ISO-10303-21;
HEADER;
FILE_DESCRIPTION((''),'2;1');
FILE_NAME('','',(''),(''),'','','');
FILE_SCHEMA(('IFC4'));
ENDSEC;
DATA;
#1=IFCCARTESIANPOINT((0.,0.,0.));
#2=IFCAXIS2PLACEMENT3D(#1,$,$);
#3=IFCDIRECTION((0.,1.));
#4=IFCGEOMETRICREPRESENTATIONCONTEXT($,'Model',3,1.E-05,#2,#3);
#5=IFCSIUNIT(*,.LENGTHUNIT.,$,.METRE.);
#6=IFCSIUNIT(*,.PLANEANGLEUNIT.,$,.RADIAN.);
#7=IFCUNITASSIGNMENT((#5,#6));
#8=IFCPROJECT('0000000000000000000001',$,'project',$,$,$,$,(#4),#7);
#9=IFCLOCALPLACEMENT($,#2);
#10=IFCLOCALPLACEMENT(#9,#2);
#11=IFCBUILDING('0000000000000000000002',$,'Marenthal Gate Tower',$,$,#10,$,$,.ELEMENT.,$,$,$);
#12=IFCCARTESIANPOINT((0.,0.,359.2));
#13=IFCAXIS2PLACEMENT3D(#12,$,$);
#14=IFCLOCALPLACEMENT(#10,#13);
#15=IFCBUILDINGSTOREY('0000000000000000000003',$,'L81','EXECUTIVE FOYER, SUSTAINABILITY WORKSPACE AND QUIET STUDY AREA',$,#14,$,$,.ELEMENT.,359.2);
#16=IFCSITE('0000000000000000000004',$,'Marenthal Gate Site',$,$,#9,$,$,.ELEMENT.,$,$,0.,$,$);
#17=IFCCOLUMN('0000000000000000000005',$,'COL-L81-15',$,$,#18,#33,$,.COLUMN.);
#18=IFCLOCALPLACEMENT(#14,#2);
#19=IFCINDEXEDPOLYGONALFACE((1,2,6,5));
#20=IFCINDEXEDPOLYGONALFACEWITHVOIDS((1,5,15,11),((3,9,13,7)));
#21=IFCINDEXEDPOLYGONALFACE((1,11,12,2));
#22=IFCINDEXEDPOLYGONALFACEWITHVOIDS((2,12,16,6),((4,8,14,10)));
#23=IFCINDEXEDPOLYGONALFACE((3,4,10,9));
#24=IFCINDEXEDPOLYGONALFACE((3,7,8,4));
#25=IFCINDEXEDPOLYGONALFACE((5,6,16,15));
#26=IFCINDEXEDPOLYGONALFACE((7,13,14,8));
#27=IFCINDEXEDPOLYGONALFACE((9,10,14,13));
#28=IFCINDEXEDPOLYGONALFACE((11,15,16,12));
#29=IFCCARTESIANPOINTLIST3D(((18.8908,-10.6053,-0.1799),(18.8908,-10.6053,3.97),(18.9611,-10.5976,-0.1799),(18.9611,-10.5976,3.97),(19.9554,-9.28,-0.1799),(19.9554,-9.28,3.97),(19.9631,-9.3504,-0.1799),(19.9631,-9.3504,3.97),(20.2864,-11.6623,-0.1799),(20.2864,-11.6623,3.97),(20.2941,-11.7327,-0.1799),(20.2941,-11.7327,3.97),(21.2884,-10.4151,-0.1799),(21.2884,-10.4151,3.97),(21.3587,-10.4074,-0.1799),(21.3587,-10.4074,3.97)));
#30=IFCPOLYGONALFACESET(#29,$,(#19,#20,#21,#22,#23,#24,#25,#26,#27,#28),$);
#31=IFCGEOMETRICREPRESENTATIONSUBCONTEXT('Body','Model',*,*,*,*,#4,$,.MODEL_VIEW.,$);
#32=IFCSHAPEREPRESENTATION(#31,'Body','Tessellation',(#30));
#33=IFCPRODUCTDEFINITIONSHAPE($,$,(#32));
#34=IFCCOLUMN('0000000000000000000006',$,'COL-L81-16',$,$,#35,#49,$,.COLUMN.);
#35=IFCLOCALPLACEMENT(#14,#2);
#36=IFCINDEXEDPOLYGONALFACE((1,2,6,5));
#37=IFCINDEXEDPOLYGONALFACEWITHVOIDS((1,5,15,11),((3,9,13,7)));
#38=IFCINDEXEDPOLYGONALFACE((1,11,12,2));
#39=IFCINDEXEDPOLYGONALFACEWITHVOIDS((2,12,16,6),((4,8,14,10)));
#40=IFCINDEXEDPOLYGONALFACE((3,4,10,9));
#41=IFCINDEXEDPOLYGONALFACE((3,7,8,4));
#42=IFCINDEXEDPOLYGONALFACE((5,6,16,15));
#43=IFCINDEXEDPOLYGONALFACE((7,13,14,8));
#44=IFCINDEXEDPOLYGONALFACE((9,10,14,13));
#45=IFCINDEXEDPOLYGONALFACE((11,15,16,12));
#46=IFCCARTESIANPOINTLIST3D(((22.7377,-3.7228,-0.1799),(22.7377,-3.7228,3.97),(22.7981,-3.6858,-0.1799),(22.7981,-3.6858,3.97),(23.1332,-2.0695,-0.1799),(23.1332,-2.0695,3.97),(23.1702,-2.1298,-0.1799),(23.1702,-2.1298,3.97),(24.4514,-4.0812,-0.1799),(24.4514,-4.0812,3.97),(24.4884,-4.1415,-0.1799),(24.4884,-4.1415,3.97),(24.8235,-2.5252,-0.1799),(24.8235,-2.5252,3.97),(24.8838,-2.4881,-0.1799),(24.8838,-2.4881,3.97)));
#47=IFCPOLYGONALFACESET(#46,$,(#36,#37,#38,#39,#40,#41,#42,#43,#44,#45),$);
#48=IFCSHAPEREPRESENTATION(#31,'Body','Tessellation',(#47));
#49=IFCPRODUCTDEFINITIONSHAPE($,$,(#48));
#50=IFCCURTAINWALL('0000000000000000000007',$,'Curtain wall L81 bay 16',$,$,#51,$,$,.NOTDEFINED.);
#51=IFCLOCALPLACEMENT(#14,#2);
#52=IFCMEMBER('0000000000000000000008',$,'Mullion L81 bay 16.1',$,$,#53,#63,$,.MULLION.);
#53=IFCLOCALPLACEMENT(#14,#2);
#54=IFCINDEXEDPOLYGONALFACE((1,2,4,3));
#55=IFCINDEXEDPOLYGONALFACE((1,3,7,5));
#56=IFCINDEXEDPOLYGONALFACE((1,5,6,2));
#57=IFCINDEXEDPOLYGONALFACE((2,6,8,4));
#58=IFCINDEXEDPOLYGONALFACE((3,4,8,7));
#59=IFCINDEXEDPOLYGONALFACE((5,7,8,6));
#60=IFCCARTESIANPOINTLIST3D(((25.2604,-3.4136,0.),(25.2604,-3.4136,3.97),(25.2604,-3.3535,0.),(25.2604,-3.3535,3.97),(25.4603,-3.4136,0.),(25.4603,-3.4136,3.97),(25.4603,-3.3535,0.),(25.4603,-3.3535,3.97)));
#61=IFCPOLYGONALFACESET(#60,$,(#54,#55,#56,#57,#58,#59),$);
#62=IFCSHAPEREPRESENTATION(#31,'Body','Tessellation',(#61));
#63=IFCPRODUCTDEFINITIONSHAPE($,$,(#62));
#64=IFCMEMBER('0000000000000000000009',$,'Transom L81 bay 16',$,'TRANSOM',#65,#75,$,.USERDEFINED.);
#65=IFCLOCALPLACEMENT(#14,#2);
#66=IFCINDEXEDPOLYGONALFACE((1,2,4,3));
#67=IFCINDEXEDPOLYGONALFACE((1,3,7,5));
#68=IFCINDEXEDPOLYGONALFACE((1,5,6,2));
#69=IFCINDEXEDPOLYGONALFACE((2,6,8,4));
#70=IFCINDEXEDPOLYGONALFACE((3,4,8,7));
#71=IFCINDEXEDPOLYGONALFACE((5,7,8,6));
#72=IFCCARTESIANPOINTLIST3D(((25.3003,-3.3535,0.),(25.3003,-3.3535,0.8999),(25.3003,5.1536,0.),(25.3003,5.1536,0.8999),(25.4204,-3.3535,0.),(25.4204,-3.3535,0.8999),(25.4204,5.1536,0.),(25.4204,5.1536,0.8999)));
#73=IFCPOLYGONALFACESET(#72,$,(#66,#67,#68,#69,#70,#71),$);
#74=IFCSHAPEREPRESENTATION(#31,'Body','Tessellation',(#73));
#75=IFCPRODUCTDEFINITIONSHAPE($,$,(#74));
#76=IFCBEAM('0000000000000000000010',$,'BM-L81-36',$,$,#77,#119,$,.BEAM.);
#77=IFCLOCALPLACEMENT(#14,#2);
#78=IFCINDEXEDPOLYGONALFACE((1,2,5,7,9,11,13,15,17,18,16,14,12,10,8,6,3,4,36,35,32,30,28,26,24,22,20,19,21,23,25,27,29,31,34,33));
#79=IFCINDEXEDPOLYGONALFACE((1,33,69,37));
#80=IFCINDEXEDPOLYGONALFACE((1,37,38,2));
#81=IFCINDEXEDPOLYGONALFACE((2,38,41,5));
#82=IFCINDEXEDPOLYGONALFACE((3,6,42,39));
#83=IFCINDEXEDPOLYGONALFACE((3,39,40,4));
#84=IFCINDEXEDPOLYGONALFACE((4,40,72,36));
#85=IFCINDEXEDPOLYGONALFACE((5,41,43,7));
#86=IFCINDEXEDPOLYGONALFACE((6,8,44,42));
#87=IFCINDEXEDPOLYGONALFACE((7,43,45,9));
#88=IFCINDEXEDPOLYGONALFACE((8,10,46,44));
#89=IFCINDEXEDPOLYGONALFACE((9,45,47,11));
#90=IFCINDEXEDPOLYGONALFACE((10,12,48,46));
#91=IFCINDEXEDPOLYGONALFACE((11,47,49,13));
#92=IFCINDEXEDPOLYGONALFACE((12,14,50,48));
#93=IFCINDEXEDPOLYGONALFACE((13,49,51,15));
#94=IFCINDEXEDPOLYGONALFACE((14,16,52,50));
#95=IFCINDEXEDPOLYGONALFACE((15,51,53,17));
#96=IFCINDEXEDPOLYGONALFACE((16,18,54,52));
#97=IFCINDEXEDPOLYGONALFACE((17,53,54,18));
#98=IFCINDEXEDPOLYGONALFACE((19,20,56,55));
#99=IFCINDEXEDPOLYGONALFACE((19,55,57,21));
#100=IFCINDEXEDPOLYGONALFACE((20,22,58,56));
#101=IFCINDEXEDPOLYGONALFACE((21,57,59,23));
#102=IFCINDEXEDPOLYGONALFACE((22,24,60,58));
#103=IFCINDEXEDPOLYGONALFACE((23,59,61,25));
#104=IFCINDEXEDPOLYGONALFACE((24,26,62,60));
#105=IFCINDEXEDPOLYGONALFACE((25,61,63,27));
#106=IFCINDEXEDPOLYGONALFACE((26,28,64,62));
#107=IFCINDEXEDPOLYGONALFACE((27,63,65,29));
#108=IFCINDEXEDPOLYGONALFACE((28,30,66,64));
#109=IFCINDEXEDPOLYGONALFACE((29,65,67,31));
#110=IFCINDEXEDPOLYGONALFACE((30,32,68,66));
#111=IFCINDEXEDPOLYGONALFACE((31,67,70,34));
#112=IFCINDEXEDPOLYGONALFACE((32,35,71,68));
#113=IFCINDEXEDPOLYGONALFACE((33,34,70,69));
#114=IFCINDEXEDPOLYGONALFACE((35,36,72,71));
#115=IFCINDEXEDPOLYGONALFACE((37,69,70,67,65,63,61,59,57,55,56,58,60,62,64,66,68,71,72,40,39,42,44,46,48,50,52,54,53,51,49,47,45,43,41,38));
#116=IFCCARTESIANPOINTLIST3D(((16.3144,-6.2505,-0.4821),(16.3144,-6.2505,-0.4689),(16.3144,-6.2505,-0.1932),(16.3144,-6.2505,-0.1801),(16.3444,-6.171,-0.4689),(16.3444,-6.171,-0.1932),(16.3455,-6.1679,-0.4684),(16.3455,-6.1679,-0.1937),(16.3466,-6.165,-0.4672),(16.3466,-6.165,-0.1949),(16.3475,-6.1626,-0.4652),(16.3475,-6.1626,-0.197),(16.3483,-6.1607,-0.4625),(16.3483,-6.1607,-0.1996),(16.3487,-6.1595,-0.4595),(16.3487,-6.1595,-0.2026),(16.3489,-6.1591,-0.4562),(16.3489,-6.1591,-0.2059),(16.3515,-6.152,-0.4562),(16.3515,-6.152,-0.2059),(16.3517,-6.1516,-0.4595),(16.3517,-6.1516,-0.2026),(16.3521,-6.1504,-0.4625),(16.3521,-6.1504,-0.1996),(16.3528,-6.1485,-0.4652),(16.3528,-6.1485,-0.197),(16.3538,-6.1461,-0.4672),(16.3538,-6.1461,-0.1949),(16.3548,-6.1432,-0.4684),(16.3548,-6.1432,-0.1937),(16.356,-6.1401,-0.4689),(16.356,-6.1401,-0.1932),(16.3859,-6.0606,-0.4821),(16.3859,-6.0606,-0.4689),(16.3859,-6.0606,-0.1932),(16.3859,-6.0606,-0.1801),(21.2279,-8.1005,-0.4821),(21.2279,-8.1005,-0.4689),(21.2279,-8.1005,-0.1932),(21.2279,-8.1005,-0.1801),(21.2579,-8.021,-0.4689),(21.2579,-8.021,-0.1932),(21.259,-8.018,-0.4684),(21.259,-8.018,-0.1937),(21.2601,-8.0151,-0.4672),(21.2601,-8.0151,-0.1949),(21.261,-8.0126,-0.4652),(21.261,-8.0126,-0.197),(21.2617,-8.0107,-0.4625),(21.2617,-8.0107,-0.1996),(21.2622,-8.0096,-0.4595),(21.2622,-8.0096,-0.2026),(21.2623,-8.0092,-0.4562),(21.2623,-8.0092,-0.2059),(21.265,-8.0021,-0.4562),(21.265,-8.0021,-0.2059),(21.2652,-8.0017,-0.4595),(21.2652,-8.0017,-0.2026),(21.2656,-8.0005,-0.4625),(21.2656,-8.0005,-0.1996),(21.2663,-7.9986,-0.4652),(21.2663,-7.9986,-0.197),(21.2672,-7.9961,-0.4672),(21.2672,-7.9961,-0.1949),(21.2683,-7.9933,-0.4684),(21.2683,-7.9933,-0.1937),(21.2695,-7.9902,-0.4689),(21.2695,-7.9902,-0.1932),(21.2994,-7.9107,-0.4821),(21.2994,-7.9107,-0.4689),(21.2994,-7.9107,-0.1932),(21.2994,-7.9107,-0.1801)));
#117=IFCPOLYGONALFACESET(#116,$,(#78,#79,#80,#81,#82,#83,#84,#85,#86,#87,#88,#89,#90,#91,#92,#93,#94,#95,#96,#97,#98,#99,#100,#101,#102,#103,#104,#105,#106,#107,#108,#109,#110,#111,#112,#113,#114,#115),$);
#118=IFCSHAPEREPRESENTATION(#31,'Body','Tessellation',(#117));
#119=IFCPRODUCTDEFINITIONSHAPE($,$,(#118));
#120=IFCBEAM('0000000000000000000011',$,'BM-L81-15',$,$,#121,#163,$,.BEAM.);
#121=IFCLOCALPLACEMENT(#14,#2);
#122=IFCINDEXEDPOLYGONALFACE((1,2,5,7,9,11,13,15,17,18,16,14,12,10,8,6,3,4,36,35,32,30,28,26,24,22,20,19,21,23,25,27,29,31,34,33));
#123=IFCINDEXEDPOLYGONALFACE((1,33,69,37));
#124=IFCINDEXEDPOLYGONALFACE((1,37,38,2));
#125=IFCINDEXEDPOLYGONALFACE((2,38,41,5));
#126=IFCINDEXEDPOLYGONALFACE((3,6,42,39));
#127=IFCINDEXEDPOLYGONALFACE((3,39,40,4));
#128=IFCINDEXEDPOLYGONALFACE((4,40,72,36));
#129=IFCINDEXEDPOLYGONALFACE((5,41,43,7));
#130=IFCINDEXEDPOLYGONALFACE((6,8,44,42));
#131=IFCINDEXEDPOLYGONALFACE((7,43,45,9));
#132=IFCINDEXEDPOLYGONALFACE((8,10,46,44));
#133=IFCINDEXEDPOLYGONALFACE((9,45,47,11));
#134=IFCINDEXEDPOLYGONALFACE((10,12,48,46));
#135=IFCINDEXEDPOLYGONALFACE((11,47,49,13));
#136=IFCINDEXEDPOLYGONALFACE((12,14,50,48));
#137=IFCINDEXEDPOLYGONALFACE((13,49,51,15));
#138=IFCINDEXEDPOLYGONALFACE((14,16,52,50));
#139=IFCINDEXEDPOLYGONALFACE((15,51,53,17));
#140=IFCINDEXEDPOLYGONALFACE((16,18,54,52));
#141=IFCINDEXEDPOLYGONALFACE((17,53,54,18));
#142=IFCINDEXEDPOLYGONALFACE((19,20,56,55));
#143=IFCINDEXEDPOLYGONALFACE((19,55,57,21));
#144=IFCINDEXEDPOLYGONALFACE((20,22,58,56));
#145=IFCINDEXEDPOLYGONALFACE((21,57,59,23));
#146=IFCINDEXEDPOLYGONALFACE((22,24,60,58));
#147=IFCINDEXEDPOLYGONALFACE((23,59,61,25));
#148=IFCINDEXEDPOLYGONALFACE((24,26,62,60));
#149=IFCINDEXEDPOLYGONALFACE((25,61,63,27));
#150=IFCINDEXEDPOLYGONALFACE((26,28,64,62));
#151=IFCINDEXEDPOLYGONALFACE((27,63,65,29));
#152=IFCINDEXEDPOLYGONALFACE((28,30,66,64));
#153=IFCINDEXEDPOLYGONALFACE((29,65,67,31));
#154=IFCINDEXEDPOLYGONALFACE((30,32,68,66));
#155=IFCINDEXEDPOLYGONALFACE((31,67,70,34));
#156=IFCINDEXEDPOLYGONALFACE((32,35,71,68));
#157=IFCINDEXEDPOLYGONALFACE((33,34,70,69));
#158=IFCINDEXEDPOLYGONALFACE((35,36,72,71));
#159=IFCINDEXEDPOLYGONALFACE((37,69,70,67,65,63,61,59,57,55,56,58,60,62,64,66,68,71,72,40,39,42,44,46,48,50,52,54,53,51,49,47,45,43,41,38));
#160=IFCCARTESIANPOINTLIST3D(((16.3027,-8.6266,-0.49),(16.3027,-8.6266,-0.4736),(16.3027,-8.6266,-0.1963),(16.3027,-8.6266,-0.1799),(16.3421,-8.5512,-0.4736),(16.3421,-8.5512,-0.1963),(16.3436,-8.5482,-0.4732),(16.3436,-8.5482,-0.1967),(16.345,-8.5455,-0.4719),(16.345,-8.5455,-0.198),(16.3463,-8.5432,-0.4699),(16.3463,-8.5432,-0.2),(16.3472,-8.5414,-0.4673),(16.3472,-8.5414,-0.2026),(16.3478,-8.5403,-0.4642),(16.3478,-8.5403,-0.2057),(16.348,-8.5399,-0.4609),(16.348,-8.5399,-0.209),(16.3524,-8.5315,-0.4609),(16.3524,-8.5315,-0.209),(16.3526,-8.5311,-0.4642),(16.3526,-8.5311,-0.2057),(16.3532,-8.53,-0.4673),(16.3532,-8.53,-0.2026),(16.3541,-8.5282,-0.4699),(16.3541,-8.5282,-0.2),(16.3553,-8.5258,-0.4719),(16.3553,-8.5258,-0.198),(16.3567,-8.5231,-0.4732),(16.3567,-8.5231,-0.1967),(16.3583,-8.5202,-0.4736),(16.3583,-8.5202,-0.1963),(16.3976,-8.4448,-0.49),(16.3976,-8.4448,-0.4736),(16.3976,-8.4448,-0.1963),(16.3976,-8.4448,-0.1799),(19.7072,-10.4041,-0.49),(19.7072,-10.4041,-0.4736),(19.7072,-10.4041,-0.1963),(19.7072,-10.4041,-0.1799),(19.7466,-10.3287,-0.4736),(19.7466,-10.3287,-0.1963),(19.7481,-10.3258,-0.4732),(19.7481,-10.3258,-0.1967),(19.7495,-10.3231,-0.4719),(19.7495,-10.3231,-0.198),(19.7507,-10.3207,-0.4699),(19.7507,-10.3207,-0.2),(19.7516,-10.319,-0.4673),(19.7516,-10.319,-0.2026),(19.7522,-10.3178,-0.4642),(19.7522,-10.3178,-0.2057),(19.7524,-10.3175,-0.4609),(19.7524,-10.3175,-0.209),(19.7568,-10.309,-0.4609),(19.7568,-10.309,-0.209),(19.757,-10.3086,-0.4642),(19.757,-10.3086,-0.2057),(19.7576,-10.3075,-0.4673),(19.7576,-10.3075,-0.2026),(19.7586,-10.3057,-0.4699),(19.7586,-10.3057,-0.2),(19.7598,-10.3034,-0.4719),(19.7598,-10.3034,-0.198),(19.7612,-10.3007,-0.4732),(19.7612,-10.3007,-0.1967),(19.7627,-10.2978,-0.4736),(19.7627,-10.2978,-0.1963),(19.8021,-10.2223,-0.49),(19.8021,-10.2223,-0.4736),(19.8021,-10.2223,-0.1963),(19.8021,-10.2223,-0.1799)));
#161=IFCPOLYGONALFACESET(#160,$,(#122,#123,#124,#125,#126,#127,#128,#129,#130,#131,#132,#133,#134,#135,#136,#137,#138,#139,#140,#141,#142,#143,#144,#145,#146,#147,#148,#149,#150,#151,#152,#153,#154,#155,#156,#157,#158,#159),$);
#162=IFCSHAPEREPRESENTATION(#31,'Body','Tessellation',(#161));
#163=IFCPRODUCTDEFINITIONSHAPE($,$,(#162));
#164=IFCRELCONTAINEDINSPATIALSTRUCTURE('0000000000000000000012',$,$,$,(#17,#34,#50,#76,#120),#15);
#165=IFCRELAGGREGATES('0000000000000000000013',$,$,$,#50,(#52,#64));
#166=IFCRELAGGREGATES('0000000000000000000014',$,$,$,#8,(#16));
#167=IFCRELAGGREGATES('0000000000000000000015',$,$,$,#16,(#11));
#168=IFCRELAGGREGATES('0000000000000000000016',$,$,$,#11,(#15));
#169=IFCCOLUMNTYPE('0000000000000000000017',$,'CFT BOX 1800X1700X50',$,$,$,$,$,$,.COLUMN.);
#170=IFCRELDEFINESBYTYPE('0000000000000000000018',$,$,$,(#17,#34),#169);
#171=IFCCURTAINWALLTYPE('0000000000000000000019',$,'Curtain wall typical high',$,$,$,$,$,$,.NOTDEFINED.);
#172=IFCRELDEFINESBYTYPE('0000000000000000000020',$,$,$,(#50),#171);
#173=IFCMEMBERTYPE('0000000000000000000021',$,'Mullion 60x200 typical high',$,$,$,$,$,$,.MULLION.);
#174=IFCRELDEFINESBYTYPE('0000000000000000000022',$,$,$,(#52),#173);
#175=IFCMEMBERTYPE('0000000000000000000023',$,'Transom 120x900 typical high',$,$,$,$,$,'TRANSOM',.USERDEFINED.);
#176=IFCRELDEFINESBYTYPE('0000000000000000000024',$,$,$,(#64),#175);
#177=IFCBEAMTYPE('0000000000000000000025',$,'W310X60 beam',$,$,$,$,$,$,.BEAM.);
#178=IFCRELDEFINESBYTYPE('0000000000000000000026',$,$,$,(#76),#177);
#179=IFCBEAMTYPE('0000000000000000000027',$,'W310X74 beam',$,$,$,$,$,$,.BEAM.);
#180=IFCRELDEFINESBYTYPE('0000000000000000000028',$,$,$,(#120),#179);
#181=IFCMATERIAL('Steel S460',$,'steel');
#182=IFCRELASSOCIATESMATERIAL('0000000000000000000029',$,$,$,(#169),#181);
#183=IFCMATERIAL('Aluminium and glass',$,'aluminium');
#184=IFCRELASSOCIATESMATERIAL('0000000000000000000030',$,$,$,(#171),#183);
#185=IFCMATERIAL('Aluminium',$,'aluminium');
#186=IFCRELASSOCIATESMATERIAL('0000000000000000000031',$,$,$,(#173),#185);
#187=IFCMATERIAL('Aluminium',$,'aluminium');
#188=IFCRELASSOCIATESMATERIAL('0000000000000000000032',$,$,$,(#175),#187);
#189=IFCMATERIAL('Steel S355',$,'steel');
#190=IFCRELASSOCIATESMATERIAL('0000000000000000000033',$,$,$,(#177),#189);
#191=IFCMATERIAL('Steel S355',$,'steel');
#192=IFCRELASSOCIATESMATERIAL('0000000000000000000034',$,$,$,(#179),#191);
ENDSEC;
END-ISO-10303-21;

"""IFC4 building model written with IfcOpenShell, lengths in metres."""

from ifc_helpers import new_model, si_unit, direction, frame, origin, origin_2d, place, context, subcontext, project, spatial, rectangle, hollow_rectangle, i_section, extrude, material, material_profile, profile_set, type_object, element, aggregate, save


model = new_model("IFC4")

# Units and contexts
model_context = context("Model", 3, precision=1e-05, world=origin(), true_north=direction((0.0, 1.0)))
body_context = subcontext(model_context, "Body", "Model", "MODEL_VIEW")
ifc_project = project(units=[si_unit("LENGTHUNIT", "METRE"), si_unit("PLANEANGLEUNIT", "RADIAN")], contexts=[model_context])

# Site, building, storey
site_placement = place(None, origin())
site = spatial("IfcSite", under=ifc_project, at=site_placement, Name="Marenthal Gate Site", CompositionType="ELEMENT", RefElevation=0.0)
building_placement = place(site_placement, origin())
building = spatial("IfcBuilding", under=site, at=building_placement, Name="Marenthal Gate Tower", CompositionType="ELEMENT")
storey_placement = place(building_placement, frame((0.0, 0.0, 359.2)))
storey = spatial("IfcBuildingStorey", under=building, at=storey_placement, Name="L81", Description="EXECUTIVE FOYER, SUSTAINABILITY WORKSPACE AND QUIET STUDY AREA", CompositionType="ELEMENT", Elevation=359.2)

# Columns
ifc_material_1 = material(Name="Steel S460", Category="steel")
ifc_material_profile_1 = material_profile(ifc_material_1, hollow_rectangle(XDim=1.7, YDim=1.8, WallThickness=0.05, at=origin_2d()), Name="CFT BOX 1800X1700X50")
ifc_material_2 = material(Name="Concrete 70 MPa", Category="concrete")
ifc_material_profile_2 = material_profile(ifc_material_2, rectangle(XDim=1.6001, YDim=1.7, at=origin_2d()), Name="CFT BOX 1800X1700X50 INFILL")
ifc_profile_set_1 = profile_set([ifc_material_profile_1, ifc_material_profile_2], Name="Steel S460 shell, Concrete 70 MPa infill")
column_type = type_object("IfcColumnType", Name="CFT BOX 1800X1700X50", PredefinedType="COLUMN", material=ifc_profile_set_1)
for number, where, z_axis, x_axis, name in (
    (1, (20.1248, -10.5063, -0.1799), (0.0, 0.0, 1.0), (-0.626296, -0.779585, 0.0), "COL-L81-15"),
    (2, (23.8108, -3.1055, -0.1799), (0.0, 0.0, 1.0), (-0.232598, -0.972573, 0.0), "COL-L81-16"),
):
    element("IfcColumn", number, at=place(storey_placement, frame(where, z_axis=z_axis, x_axis=x_axis)), inside=storey, type_object=column_type, Name=name, PredefinedType="COLUMN", context=body_context, shape_type="SweptSolid", body=[
        extrude(hollow_rectangle(XDim=1.7, YDim=1.8, WallThickness=0.05, at=origin_2d()), origin(), (0.0, 0.0, 1.0), 4.1499),
    ])

# Curtain wall, members
ifc_material_3 = material(Name="Aluminium and glass", Category="aluminium")
curtain_wall_type = type_object("IfcCurtainWallType", Name="Curtain wall typical high", PredefinedType="NOTDEFINED", material=ifc_material_3)
curtain_wall_placement = place(storey_placement, origin())
curtain_wall = element("IfcCurtainWall", 3, at=curtain_wall_placement, inside=storey, type_object=curtain_wall_type, Name="Curtain wall L81 bay 16", PredefinedType="NOTDEFINED")
ifc_material_4 = material(Name="Aluminium", Category="aluminium")
ifc_material_profile_3 = material_profile(ifc_material_4, rectangle(XDim=0.2, YDim=0.0601, at=origin_2d()), Name="60x200 aluminium mullion")
ifc_profile_set_2 = profile_set([ifc_material_profile_3], Name="Aluminium")
member_type_1 = type_object("IfcMemberType", Name="Mullion 60x200 typical high", PredefinedType="MULLION", material=ifc_profile_set_2)
member_1_placement = place(storey_placement, frame((25.3604, -3.3835, 0.0), z_axis=(0.0, 0.0, 1.0), x_axis=(-1.0, 0.0, 0.0)))
member_1 = element("IfcMember", 4, at=member_1_placement, type_object=member_type_1, Name="Mullion L81 bay 16.1", PredefinedType="MULLION", context=body_context, shape_type="SweptSolid", body=[
    extrude(rectangle(XDim=0.2, YDim=0.0601, at=origin_2d()), origin(), (0.0, 0.0, 1.0), 3.97),
])
ifc_material_5 = material(Name="Aluminium", Category="aluminium")
ifc_material_profile_4 = material_profile(ifc_material_5, rectangle(XDim=0.1201, YDim=0.8999, at=origin_2d()), Name="120x900 aluminium transom")
ifc_profile_set_3 = profile_set([ifc_material_profile_4], Name="Aluminium")
member_type_2 = type_object("IfcMemberType", Name="Transom 120x900 typical high", ElementType="TRANSOM", PredefinedType="USERDEFINED", material=ifc_profile_set_3)
member_2_placement = place(storey_placement, frame((25.3604, -3.3535, 0.45), z_axis=(0.0, 1.0, 0.0), x_axis=(-1.0, 0.0, 0.0)))
member_2 = element("IfcMember", 5, at=member_2_placement, type_object=member_type_2, Name="Transom L81 bay 16", ObjectType="TRANSOM", PredefinedType="USERDEFINED", context=body_context, shape_type="SweptSolid", body=[
    extrude(rectangle(XDim=0.1201, YDim=0.8999, at=origin_2d()), origin(), (0.0, 0.0, 1.0), 8.5071),
])

# Beams
ifc_material_6 = material(Name="Steel S355", Category="steel")
ifc_material_profile_5 = material_profile(ifc_material_6, i_section(OverallWidth=0.2029, OverallDepth=0.302, WebThickness=0.0076, FlangeThickness=0.0132, FilletRadius=0.0127, at=origin_2d()), Name="W310X60")
ifc_profile_set_4 = profile_set([ifc_material_profile_5], Name="Steel S355")
beam_type_1 = type_object("IfcBeamType", Name="W310X60 beam", PredefinedType="BEAM", material=ifc_profile_set_4)
beam_1_placement = place(storey_placement, frame((21.2637, -8.0056, -0.3311), z_axis=(-0.935858, 0.352377, 0.0), x_axis=(-0.352377, -0.935858, 0.0)))
element("IfcBeam", 6, at=beam_1_placement, inside=storey, type_object=beam_type_1, Name="BM-L81-36", PredefinedType="BEAM", context=body_context, shape_type="SweptSolid", body=[
    extrude(i_section(OverallWidth=0.2029, OverallDepth=0.302, WebThickness=0.0076, FlangeThickness=0.0132, FilletRadius=0.0127, at=origin_2d()), origin(), (0.0, 0.0, 1.0), 5.2502),
])
ifc_material_7 = material(Name="Steel S355", Category="steel")
ifc_material_profile_6 = material_profile(ifc_material_7, i_section(OverallWidth=0.2051, OverallDepth=0.3101, WebThickness=0.0095, FlangeThickness=0.0164, FilletRadius=0.0127, at=origin_2d()), Name="W310X74")
ifc_profile_set_5 = profile_set([ifc_material_profile_6], Name="Steel S355")
beam_type_2 = type_object("IfcBeamType", Name="W310X74 beam", PredefinedType="BEAM", material=ifc_profile_set_5)
beam_2_placement = place(storey_placement, frame((19.7546, -10.3132, -0.335), z_axis=(-0.886445, 0.462833, 0.0), x_axis=(-0.462833, -0.886445, 0.0)))
element("IfcBeam", 7, at=beam_2_placement, inside=storey, type_object=beam_type_2, Name="BM-L81-15", PredefinedType="BEAM", context=body_context, shape_type="SweptSolid", body=[
    extrude(i_section(OverallWidth=0.2051, OverallDepth=0.3101, WebThickness=0.0095, FlangeThickness=0.0164, FilletRadius=0.0127, at=origin_2d()), origin(), (0.0, 0.0, 1.0), 3.8406),
])

aggregate(curtain_wall, [member_1, member_2])

save(model, "model.ifc")
